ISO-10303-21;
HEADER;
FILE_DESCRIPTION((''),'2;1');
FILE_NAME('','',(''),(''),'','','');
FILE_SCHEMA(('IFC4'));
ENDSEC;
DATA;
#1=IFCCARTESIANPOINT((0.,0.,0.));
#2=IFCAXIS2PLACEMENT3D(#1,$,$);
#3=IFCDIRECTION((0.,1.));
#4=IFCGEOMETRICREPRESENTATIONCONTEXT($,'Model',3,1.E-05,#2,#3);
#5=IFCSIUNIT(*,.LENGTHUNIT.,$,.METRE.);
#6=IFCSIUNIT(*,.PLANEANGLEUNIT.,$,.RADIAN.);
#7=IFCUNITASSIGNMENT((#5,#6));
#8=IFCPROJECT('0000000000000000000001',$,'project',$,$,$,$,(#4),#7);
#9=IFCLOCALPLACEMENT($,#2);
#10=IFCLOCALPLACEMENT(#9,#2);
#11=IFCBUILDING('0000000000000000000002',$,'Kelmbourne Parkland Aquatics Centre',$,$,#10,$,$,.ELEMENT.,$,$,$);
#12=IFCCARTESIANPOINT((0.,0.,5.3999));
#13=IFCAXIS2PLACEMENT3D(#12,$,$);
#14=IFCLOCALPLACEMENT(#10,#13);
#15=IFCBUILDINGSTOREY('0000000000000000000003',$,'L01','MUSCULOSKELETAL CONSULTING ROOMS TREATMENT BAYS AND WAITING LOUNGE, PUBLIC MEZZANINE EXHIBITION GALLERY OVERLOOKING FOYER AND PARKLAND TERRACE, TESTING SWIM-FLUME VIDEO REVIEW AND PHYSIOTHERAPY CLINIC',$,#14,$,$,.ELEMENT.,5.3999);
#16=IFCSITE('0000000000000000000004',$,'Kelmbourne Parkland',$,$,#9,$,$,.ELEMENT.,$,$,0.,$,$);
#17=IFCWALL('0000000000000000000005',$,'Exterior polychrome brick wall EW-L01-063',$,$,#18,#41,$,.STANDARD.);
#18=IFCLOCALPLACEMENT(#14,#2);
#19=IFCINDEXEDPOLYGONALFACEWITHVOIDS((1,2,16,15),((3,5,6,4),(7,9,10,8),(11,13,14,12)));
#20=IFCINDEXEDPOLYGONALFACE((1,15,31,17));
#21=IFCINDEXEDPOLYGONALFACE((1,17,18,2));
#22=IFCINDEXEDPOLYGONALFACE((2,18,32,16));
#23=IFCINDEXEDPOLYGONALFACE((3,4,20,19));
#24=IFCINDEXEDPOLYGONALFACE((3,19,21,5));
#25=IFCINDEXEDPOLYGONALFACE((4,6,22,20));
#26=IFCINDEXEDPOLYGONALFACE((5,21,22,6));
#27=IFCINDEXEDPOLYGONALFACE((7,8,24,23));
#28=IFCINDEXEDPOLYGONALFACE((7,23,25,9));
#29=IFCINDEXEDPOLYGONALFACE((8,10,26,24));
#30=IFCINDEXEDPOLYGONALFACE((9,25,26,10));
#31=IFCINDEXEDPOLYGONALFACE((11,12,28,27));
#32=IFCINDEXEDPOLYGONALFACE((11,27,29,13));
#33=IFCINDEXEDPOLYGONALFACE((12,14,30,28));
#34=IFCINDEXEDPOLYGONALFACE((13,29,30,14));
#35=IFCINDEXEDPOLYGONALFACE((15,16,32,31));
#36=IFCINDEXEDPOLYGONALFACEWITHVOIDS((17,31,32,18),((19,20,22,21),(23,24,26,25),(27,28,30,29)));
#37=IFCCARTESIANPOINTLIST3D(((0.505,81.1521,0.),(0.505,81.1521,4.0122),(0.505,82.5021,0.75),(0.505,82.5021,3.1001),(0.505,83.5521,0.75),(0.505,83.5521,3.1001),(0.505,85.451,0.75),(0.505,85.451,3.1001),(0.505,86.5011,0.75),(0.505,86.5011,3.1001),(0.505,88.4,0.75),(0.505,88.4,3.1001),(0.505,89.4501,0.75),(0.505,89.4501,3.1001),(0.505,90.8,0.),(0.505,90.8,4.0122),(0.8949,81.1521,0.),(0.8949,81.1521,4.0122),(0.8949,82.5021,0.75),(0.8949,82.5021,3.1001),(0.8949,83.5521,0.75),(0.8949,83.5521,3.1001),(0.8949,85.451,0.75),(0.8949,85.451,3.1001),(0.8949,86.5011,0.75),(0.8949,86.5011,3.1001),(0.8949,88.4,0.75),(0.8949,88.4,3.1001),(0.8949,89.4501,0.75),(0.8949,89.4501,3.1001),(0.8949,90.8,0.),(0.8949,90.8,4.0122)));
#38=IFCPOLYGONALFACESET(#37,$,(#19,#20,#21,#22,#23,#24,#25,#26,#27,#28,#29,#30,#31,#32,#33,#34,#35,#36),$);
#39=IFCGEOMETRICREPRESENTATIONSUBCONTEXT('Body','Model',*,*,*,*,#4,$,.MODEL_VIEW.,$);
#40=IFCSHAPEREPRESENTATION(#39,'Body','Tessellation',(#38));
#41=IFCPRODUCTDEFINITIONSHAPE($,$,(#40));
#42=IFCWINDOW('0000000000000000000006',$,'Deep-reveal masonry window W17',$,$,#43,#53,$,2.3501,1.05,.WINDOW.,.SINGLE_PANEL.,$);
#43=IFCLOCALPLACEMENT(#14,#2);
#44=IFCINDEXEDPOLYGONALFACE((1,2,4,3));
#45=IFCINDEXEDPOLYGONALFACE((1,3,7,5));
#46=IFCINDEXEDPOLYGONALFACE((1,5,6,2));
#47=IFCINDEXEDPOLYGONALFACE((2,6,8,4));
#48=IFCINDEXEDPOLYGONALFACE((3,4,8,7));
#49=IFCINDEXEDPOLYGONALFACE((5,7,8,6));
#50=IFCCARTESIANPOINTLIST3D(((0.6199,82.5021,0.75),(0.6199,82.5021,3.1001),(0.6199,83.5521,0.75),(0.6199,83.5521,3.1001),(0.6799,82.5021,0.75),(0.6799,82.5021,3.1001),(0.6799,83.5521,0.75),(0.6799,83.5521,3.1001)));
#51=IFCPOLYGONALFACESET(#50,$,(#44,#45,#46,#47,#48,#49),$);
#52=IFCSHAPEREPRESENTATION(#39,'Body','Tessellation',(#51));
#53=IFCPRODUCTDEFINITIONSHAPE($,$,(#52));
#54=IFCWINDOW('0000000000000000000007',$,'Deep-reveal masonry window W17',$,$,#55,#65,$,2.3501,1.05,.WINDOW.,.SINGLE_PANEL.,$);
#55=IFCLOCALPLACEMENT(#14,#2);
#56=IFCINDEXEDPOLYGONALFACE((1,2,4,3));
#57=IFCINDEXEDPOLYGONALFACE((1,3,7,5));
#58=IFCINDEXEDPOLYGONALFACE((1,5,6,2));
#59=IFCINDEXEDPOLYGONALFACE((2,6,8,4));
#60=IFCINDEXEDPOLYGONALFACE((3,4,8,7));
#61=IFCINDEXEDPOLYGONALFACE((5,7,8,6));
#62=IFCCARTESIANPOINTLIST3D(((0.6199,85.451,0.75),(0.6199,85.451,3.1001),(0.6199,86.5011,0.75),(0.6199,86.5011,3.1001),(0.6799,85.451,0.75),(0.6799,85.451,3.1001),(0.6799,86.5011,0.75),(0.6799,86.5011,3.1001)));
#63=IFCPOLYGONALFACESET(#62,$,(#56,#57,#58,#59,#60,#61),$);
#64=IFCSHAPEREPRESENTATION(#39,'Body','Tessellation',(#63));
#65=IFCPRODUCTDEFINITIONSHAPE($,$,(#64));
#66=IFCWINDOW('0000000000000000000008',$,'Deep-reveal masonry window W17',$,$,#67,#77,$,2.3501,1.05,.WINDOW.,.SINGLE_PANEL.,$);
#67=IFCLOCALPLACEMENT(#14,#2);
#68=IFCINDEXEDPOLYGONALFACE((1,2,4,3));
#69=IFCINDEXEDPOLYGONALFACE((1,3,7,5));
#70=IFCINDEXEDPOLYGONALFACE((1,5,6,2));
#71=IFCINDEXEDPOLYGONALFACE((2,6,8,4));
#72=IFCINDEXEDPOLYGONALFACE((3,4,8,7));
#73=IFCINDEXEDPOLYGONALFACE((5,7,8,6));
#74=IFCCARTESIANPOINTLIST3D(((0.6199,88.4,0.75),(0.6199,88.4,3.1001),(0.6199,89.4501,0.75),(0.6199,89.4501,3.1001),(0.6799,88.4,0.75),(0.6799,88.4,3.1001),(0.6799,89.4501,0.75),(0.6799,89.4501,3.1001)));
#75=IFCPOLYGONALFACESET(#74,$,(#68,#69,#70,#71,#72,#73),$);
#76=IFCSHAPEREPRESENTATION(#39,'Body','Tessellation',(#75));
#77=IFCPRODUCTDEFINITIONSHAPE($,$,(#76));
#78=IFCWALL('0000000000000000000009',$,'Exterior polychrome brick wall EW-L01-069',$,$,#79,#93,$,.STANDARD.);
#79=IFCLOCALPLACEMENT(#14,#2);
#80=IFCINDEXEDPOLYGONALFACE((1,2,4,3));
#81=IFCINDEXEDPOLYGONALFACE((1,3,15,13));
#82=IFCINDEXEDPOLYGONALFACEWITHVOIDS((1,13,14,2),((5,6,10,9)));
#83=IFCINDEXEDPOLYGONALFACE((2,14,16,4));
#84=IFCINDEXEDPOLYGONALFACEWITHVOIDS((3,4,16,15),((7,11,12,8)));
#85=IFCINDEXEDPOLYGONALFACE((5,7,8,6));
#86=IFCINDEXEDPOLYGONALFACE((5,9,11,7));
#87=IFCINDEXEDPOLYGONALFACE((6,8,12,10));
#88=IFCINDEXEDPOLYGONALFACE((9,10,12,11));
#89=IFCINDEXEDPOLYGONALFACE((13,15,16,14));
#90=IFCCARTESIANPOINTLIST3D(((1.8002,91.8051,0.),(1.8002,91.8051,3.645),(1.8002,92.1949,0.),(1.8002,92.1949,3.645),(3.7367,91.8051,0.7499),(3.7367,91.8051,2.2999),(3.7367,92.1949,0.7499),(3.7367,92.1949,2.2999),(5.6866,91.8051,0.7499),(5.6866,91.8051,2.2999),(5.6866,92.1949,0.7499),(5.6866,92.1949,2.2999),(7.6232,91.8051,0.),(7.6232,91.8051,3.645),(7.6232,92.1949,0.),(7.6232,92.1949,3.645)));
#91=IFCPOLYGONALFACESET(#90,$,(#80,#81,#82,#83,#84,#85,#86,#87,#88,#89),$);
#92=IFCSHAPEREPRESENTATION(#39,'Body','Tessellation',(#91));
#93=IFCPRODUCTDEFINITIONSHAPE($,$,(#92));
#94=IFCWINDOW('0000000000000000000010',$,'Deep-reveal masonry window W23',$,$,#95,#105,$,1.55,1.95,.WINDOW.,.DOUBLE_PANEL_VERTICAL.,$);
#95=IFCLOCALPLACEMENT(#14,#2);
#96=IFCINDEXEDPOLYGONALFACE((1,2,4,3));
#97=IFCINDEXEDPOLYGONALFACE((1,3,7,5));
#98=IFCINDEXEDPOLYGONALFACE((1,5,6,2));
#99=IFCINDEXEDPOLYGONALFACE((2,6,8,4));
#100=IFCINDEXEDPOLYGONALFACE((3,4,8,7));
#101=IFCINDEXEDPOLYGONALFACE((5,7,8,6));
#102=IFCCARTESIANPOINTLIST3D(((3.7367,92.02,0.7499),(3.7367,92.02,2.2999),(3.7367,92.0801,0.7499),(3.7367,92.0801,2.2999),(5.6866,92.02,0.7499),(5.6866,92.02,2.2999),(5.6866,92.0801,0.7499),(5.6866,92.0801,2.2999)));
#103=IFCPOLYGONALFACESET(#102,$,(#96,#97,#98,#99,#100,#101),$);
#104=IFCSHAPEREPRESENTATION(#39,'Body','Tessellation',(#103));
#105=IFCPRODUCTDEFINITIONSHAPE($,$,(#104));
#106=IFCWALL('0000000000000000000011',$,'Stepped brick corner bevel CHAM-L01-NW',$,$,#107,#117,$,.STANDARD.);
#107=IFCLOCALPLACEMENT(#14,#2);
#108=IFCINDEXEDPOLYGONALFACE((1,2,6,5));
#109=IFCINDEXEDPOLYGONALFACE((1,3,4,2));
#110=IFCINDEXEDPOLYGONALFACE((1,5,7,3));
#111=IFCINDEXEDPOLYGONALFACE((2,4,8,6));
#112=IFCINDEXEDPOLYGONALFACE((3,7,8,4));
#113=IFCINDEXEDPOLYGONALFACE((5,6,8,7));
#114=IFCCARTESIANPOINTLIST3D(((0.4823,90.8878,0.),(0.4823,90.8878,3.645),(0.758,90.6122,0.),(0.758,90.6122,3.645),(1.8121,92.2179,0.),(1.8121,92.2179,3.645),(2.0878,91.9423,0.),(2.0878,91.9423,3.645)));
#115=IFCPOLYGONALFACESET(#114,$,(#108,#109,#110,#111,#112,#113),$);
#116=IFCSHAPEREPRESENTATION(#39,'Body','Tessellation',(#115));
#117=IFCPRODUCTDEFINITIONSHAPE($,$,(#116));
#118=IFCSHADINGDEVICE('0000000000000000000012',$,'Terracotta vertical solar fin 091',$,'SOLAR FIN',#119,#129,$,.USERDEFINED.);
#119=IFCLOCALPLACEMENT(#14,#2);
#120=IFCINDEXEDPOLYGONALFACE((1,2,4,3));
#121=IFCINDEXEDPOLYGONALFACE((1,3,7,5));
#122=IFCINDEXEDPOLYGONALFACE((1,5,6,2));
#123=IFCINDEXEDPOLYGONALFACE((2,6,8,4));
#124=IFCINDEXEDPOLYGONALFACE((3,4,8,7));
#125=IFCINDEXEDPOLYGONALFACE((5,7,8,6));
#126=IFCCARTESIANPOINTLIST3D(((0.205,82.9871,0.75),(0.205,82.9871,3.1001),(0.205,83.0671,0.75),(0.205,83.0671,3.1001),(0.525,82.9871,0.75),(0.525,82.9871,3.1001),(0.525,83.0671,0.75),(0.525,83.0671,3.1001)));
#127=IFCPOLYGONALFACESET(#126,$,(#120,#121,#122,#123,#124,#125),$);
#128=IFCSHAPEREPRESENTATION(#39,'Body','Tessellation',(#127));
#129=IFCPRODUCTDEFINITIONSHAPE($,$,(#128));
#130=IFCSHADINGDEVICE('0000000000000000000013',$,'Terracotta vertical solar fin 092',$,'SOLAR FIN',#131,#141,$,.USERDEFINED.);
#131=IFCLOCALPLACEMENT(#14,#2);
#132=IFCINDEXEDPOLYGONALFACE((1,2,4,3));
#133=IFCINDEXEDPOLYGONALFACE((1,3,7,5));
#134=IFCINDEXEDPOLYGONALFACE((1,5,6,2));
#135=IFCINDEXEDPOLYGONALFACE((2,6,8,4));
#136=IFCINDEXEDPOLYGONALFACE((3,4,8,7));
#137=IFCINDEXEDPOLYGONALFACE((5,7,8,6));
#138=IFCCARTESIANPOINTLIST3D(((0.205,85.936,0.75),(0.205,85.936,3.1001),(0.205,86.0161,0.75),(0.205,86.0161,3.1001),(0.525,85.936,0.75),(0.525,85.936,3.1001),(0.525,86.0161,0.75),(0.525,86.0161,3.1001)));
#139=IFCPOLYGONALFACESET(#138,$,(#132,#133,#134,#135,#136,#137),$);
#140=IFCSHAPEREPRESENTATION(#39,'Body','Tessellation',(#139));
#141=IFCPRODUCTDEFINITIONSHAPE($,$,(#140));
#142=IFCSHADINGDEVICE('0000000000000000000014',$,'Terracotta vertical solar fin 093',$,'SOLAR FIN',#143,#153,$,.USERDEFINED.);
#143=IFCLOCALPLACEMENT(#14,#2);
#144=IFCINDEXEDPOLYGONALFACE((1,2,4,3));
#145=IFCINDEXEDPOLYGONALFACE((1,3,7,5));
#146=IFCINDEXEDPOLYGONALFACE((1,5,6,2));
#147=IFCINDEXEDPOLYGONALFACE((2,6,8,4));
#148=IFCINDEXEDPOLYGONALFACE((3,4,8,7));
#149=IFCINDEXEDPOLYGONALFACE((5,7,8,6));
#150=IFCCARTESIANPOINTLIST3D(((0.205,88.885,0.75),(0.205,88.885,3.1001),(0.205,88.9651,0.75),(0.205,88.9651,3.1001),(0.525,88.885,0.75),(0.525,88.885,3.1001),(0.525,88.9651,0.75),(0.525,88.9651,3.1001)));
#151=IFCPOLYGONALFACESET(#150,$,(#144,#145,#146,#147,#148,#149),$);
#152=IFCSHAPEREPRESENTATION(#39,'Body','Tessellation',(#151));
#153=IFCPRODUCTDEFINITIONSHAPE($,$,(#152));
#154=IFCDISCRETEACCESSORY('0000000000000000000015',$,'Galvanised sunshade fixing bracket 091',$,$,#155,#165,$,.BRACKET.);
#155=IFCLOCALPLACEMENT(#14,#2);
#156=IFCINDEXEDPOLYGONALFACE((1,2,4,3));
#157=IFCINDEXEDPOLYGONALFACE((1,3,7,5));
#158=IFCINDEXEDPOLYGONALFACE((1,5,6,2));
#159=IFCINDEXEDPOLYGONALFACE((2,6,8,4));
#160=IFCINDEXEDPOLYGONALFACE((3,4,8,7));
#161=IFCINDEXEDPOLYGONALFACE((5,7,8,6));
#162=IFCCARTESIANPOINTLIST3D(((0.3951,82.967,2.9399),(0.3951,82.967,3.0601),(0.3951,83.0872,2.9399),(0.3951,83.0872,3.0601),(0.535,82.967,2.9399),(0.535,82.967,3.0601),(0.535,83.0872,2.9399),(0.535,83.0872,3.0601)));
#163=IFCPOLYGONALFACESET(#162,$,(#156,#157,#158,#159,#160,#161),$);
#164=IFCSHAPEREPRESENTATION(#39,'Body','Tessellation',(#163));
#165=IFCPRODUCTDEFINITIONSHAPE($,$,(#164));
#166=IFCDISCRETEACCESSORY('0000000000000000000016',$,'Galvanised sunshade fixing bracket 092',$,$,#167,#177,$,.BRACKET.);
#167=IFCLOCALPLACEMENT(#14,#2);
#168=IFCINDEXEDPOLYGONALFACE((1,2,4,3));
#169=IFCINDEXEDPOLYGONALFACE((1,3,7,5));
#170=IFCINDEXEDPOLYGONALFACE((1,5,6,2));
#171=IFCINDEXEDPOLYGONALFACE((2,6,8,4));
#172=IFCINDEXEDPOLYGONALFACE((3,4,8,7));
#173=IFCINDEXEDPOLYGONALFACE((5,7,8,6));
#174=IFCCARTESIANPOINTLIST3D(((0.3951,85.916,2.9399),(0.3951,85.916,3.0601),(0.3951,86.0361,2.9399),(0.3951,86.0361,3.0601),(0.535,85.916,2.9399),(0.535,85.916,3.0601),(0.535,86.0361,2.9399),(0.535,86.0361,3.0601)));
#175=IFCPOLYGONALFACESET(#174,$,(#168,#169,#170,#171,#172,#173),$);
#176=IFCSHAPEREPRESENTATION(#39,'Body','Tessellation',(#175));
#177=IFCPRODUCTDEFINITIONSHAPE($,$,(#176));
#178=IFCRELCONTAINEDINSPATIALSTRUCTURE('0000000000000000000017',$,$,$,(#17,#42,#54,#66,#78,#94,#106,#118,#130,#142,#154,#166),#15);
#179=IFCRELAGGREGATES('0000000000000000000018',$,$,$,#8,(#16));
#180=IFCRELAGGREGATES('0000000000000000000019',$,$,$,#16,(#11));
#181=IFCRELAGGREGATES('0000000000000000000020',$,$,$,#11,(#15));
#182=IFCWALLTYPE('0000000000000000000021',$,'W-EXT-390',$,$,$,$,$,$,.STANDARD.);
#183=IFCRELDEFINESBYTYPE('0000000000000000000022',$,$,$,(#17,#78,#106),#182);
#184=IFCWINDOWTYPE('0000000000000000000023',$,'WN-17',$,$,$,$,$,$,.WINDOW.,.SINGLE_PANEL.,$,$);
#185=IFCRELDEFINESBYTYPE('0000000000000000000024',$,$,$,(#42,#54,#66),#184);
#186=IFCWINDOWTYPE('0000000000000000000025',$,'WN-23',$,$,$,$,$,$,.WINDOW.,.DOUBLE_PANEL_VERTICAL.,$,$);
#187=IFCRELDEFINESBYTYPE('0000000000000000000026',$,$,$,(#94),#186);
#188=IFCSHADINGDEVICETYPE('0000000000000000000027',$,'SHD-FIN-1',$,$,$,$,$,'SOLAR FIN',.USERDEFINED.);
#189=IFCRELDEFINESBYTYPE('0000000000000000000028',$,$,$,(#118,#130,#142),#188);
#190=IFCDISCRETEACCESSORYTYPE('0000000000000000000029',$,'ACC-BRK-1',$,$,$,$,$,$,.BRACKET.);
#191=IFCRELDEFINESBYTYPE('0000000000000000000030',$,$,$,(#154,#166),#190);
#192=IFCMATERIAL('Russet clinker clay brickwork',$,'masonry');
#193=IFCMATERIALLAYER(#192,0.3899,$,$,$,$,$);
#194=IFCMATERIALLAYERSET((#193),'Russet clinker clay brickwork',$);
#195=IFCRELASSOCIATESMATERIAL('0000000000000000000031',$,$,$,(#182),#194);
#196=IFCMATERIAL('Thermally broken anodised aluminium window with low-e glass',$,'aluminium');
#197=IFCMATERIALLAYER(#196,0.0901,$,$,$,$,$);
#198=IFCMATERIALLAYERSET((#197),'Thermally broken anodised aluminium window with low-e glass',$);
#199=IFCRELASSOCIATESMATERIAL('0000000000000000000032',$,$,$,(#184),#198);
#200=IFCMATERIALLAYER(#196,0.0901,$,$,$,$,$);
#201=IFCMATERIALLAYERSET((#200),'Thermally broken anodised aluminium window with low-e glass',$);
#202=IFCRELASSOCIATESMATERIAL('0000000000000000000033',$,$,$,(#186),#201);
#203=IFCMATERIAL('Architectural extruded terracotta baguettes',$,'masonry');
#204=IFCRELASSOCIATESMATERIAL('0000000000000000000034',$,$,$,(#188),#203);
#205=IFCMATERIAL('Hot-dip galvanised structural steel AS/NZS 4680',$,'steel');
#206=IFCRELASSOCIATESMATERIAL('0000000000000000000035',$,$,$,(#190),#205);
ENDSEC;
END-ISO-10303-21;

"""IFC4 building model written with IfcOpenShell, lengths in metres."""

from ifc_helpers import new_model, si_unit, direction, frame, frame_2d, origin, origin_2d, place, context, subcontext, project, spatial, rectangle, extrude, material, layer, layer_set, type_object, element, fill, save


model = new_model("IFC4")

# Units and contexts
model_context = context("Model", 3, precision=1e-05, world=origin(), true_north=direction((0.0, 1.0)))
body_context = subcontext(model_context, "Body", "Model", "MODEL_VIEW")
ifc_project = project(units=[si_unit("LENGTHUNIT", "METRE"), si_unit("PLANEANGLEUNIT", "RADIAN")], contexts=[model_context])

# Site, building, storey
site_placement = place(None, origin())
site = spatial("IfcSite", under=ifc_project, at=site_placement, Name="Kelmbourne Parkland", CompositionType="ELEMENT", RefElevation=0.0)
building_placement = place(site_placement, origin())
building = spatial("IfcBuilding", under=site, at=building_placement, Name="Kelmbourne Parkland Aquatics Centre", CompositionType="ELEMENT")
storey_placement = place(building_placement, frame((0.0, 0.0, 5.3999)))
storey = spatial("IfcBuildingStorey", under=building, at=storey_placement, Name="L01", Description="MUSCULOSKELETAL CONSULTING ROOMS TREATMENT BAYS AND WAITING LOUNGE, PUBLIC MEZZANINE EXHIBITION GALLERY OVERLOOKING FOYER AND PARKLAND TERRACE, TESTING SWIM-FLUME VIDEO REVIEW AND PHYSIOTHERAPY CLINIC", CompositionType="ELEMENT", Elevation=5.3999)

# Wall, openings, windows
ifc_material_1 = material(Name="Russet clinker clay brickwork", Category="masonry")
ifc_layer_1 = layer(ifc_material_1, 0.3899)
ifc_layer_set_1 = layer_set([ifc_layer_1], Name="Russet clinker clay brickwork")
wall_type = type_object("IfcWallType", Name="W-EXT-390", PredefinedType="STANDARD", material=ifc_layer_set_1)
wall_1_placement = place(storey_placement, frame((0.7, 81.1521, 0.0), z_axis=(0.0, 0.0, 1.0), x_axis=(0.0, 1.0, 0.0)))
wall_1 = element("IfcWall", 1, at=wall_1_placement, inside=storey, type_object=wall_type, Name="Exterior polychrome brick wall EW-L01-063", PredefinedType="STANDARD", context=body_context, shape_type="SweptSolid", body=[
    extrude(rectangle(XDim=9.6479, YDim=0.3899, at=frame_2d((4.824, 0.0))), origin(), (0.0, 0.0, 1.0), 4.0122),
])
opening_1_placement = place(wall_1_placement, frame((1.3501, 0.0, 0.75)))
opening_1 = element("IfcOpeningElement", 2, at=opening_1_placement, cuts=wall_1, PredefinedType="OPENING", context=body_context, shape_type="SweptSolid", body=[
    extrude(rectangle(XDim=1.05, YDim=2.3501, at=frame_2d((0.5249, 1.175))), frame((0.0, 0.207, 0.0), z_axis=(0.0, -1.0, 0.0), x_axis=(1.0, 0.0, 0.0)), (0.0, 0.0, 1.0), 0.4138),
])
opening_2_placement = place(wall_1_placement, frame((4.2991, 0.0, 0.75)))
opening_2 = element("IfcOpeningElement", 3, at=opening_2_placement, cuts=wall_1, PredefinedType="OPENING", context=body_context, shape_type="SweptSolid", body=[
    extrude(rectangle(XDim=1.05, YDim=2.3501, at=frame_2d((0.5249, 1.175))), frame((0.0, 0.207, 0.0), z_axis=(0.0, -1.0, 0.0), x_axis=(1.0, 0.0, 0.0)), (0.0, 0.0, 1.0), 0.4138),
])
opening_3_placement = place(wall_1_placement, frame((7.248, 0.0, 0.75)))
opening_3 = element("IfcOpeningElement", 4, at=opening_3_placement, cuts=wall_1, PredefinedType="OPENING", context=body_context, shape_type="SweptSolid", body=[
    extrude(rectangle(XDim=1.05, YDim=2.3501, at=frame_2d((0.5249, 1.175))), frame((0.0, 0.207, 0.0), z_axis=(0.0, -1.0, 0.0), x_axis=(1.0, 0.0, 0.0)), (0.0, 0.0, 1.0), 0.4138),
])
ifc_material_2 = material(Name="Thermally broken anodised aluminium window with low-e glass", Category="aluminium")
ifc_layer_2 = layer(ifc_material_2, 0.0901)
ifc_layer_set_2 = layer_set([ifc_layer_2], Name="Thermally broken anodised aluminium window with low-e glass")
window_type_1 = type_object("IfcWindowType", Name="WN-17", PartitioningType="SINGLE_PANEL", PredefinedType="WINDOW", material=ifc_layer_set_2)
window_1_placement = place(opening_1_placement, origin())
window_1 = element("IfcWindow", 5, at=window_1_placement, inside=storey, type_object=window_type_1, Name="Deep-reveal masonry window W17", OverallHeight=2.3501, OverallWidth=1.05, PartitioningType="SINGLE_PANEL", PredefinedType="WINDOW", context=body_context, shape_type="SweptSolid", body=[
    extrude(rectangle(XDim=1.05, YDim=2.3501, at=frame_2d((0.5249, 1.175))), frame((0.0, 0.0801, 0.0), z_axis=(0.0, -1.0, 0.0), x_axis=(1.0, 0.0, 0.0)), (0.0, 0.0, 1.0), 0.0601),
])
fill(opening_1, window_1)
window_2_placement = place(opening_2_placement, origin())
window_2 = element("IfcWindow", 6, at=window_2_placement, inside=storey, type_object=window_type_1, Name="Deep-reveal masonry window W17", OverallHeight=2.3501, OverallWidth=1.05, PartitioningType="SINGLE_PANEL", PredefinedType="WINDOW", context=body_context, shape_type="SweptSolid", body=[
    extrude(rectangle(XDim=1.05, YDim=2.3501, at=frame_2d((0.5249, 1.175))), frame((0.0, 0.0801, 0.0), z_axis=(0.0, -1.0, 0.0), x_axis=(1.0, 0.0, 0.0)), (0.0, 0.0, 1.0), 0.0601),
])
fill(opening_2, window_2)
window_3_placement = place(opening_3_placement, origin())
window_3 = element("IfcWindow", 7, at=window_3_placement, inside=storey, type_object=window_type_1, Name="Deep-reveal masonry window W17", OverallHeight=2.3501, OverallWidth=1.05, PartitioningType="SINGLE_PANEL", PredefinedType="WINDOW", context=body_context, shape_type="SweptSolid", body=[
    extrude(rectangle(XDim=1.05, YDim=2.3501, at=frame_2d((0.5249, 1.175))), frame((0.0, 0.0801, 0.0), z_axis=(0.0, -1.0, 0.0), x_axis=(1.0, 0.0, 0.0)), (0.0, 0.0, 1.0), 0.0601),
])
fill(opening_3, window_3)

# Wall, opening, window
wall_2_placement = place(storey_placement, frame((1.8, 92.0, 0.0), z_axis=(0.0, 0.0, 1.0), x_axis=(1.0, 0.0, 0.0)))
wall_2 = element("IfcWall", 8, at=wall_2_placement, inside=storey, type_object=wall_type, Name="Exterior polychrome brick wall EW-L01-069", PredefinedType="STANDARD", context=body_context, shape_type="SweptSolid", body=[
    extrude(rectangle(XDim=5.823, YDim=0.3899, at=frame_2d((2.9116, 0.0))), origin(), (0.0, 0.0, 1.0), 3.645),
])
opening_4_placement = place(wall_2_placement, frame((1.9365, 0.0, 0.75)))
opening_4 = element("IfcOpeningElement", 9, at=opening_4_placement, cuts=wall_2, PredefinedType="OPENING", context=body_context, shape_type="SweptSolid", body=[
    extrude(rectangle(XDim=1.95, YDim=1.55, at=frame_2d((0.9751, 0.7749))), frame((0.0, 0.207, 0.0), z_axis=(0.0, -1.0, 0.0), x_axis=(1.0, 0.0, 0.0)), (0.0, 0.0, 1.0), 0.4138),
])
ifc_layer_3 = layer(ifc_material_2, 0.0901)
ifc_layer_set_3 = layer_set([ifc_layer_3], Name="Thermally broken anodised aluminium window with low-e glass")
window_type_2 = type_object("IfcWindowType", Name="WN-23", PartitioningType="DOUBLE_PANEL_VERTICAL", PredefinedType="WINDOW", material=ifc_layer_set_3)
window_4_placement = place(opening_4_placement, origin())
window_4 = element("IfcWindow", 10, at=window_4_placement, inside=storey, type_object=window_type_2, Name="Deep-reveal masonry window W23", OverallHeight=1.55, OverallWidth=1.95, PartitioningType="DOUBLE_PANEL_VERTICAL", PredefinedType="WINDOW", context=body_context, shape_type="SweptSolid", body=[
    extrude(rectangle(XDim=1.95, YDim=1.55, at=frame_2d((0.9751, 0.7749))), frame((0.0, 0.0801, 0.0), z_axis=(0.0, -1.0, 0.0), x_axis=(1.0, 0.0, 0.0)), (0.0, 0.0, 1.0), 0.0601),
])
fill(opening_4, window_4)

# Wall
wall_3_placement = place(storey_placement, frame((0.6201, 90.75, 0.0), z_axis=(0.0, 0.0, 1.0), x_axis=(0.707042, 0.707172, 0.0)))
element("IfcWall", 11, at=wall_3_placement, inside=storey, type_object=wall_type, Name="Stepped brick corner bevel CHAM-L01-NW", PredefinedType="STANDARD", context=body_context, shape_type="SweptSolid", body=[
    extrude(rectangle(XDim=1.8809, YDim=0.3899, at=frame_2d((0.9404, 0.0))), origin(), (0.0, 0.0, 1.0), 3.645),
])

# Shading devices
ifc_material_3 = material(Name="Architectural extruded terracotta baguettes", Category="masonry")
shading_device_type = type_object("IfcShadingDeviceType", Name="SHD-FIN-1", ElementType="SOLAR FIN", PredefinedType="USERDEFINED", material=ifc_material_3)
for number, where, z_axis, x_axis, name in (
    (12, (0.365, 83.0271, 0.75), (0.0, 0.0, 1.0), (0.0, 1.0, 0.0), "Terracotta vertical solar fin 091"),
    (13, (0.365, 85.9761, 0.75), (0.0, 0.0, 1.0), (0.0, 1.0, 0.0), "Terracotta vertical solar fin 092"),
    (14, (0.365, 88.925, 0.75), (0.0, 0.0, 1.0), (0.0, 1.0, 0.0), "Terracotta vertical solar fin 093"),
):
    element("IfcShadingDevice", number, at=place(storey_placement, frame(where, z_axis=z_axis, x_axis=x_axis)), inside=storey, type_object=shading_device_type, Name=name, ObjectType="SOLAR FIN", PredefinedType="USERDEFINED", context=body_context, shape_type="SweptSolid", body=[
        extrude(rectangle(XDim=0.0801, YDim=0.3201, at=origin_2d()), origin(), (0.0, 0.0, 1.0), 2.3501),
    ])

# Discrete accessories
ifc_material_4 = material(Name="Hot-dip galvanised structural steel AS/NZS 4680", Category="steel")
discrete_accessory_type = type_object("IfcDiscreteAccessoryType", Name="ACC-BRK-1", PredefinedType="BRACKET", material=ifc_material_4)
for number, where, z_axis, x_axis, name in (
    (15, (0.4651, 83.0271, 2.9399), (0.0, 0.0, 1.0), (0.0, 1.0, 0.0), "Galvanised sunshade fixing bracket 091"),
    (16, (0.4651, 85.9761, 2.9399), (0.0, 0.0, 1.0), (0.0, 1.0, 0.0), "Galvanised sunshade fixing bracket 092"),
):
    element("IfcDiscreteAccessory", number, at=place(storey_placement, frame(where, z_axis=z_axis, x_axis=x_axis)), inside=storey, type_object=discrete_accessory_type, Name=name, PredefinedType="BRACKET", context=body_context, shape_type="SweptSolid", body=[
        extrude(rectangle(XDim=0.1201, YDim=0.1399, at=origin_2d()), origin(), (0.0, 0.0, 1.0), 0.1201),
    ])

save(model, "model.ifc")
